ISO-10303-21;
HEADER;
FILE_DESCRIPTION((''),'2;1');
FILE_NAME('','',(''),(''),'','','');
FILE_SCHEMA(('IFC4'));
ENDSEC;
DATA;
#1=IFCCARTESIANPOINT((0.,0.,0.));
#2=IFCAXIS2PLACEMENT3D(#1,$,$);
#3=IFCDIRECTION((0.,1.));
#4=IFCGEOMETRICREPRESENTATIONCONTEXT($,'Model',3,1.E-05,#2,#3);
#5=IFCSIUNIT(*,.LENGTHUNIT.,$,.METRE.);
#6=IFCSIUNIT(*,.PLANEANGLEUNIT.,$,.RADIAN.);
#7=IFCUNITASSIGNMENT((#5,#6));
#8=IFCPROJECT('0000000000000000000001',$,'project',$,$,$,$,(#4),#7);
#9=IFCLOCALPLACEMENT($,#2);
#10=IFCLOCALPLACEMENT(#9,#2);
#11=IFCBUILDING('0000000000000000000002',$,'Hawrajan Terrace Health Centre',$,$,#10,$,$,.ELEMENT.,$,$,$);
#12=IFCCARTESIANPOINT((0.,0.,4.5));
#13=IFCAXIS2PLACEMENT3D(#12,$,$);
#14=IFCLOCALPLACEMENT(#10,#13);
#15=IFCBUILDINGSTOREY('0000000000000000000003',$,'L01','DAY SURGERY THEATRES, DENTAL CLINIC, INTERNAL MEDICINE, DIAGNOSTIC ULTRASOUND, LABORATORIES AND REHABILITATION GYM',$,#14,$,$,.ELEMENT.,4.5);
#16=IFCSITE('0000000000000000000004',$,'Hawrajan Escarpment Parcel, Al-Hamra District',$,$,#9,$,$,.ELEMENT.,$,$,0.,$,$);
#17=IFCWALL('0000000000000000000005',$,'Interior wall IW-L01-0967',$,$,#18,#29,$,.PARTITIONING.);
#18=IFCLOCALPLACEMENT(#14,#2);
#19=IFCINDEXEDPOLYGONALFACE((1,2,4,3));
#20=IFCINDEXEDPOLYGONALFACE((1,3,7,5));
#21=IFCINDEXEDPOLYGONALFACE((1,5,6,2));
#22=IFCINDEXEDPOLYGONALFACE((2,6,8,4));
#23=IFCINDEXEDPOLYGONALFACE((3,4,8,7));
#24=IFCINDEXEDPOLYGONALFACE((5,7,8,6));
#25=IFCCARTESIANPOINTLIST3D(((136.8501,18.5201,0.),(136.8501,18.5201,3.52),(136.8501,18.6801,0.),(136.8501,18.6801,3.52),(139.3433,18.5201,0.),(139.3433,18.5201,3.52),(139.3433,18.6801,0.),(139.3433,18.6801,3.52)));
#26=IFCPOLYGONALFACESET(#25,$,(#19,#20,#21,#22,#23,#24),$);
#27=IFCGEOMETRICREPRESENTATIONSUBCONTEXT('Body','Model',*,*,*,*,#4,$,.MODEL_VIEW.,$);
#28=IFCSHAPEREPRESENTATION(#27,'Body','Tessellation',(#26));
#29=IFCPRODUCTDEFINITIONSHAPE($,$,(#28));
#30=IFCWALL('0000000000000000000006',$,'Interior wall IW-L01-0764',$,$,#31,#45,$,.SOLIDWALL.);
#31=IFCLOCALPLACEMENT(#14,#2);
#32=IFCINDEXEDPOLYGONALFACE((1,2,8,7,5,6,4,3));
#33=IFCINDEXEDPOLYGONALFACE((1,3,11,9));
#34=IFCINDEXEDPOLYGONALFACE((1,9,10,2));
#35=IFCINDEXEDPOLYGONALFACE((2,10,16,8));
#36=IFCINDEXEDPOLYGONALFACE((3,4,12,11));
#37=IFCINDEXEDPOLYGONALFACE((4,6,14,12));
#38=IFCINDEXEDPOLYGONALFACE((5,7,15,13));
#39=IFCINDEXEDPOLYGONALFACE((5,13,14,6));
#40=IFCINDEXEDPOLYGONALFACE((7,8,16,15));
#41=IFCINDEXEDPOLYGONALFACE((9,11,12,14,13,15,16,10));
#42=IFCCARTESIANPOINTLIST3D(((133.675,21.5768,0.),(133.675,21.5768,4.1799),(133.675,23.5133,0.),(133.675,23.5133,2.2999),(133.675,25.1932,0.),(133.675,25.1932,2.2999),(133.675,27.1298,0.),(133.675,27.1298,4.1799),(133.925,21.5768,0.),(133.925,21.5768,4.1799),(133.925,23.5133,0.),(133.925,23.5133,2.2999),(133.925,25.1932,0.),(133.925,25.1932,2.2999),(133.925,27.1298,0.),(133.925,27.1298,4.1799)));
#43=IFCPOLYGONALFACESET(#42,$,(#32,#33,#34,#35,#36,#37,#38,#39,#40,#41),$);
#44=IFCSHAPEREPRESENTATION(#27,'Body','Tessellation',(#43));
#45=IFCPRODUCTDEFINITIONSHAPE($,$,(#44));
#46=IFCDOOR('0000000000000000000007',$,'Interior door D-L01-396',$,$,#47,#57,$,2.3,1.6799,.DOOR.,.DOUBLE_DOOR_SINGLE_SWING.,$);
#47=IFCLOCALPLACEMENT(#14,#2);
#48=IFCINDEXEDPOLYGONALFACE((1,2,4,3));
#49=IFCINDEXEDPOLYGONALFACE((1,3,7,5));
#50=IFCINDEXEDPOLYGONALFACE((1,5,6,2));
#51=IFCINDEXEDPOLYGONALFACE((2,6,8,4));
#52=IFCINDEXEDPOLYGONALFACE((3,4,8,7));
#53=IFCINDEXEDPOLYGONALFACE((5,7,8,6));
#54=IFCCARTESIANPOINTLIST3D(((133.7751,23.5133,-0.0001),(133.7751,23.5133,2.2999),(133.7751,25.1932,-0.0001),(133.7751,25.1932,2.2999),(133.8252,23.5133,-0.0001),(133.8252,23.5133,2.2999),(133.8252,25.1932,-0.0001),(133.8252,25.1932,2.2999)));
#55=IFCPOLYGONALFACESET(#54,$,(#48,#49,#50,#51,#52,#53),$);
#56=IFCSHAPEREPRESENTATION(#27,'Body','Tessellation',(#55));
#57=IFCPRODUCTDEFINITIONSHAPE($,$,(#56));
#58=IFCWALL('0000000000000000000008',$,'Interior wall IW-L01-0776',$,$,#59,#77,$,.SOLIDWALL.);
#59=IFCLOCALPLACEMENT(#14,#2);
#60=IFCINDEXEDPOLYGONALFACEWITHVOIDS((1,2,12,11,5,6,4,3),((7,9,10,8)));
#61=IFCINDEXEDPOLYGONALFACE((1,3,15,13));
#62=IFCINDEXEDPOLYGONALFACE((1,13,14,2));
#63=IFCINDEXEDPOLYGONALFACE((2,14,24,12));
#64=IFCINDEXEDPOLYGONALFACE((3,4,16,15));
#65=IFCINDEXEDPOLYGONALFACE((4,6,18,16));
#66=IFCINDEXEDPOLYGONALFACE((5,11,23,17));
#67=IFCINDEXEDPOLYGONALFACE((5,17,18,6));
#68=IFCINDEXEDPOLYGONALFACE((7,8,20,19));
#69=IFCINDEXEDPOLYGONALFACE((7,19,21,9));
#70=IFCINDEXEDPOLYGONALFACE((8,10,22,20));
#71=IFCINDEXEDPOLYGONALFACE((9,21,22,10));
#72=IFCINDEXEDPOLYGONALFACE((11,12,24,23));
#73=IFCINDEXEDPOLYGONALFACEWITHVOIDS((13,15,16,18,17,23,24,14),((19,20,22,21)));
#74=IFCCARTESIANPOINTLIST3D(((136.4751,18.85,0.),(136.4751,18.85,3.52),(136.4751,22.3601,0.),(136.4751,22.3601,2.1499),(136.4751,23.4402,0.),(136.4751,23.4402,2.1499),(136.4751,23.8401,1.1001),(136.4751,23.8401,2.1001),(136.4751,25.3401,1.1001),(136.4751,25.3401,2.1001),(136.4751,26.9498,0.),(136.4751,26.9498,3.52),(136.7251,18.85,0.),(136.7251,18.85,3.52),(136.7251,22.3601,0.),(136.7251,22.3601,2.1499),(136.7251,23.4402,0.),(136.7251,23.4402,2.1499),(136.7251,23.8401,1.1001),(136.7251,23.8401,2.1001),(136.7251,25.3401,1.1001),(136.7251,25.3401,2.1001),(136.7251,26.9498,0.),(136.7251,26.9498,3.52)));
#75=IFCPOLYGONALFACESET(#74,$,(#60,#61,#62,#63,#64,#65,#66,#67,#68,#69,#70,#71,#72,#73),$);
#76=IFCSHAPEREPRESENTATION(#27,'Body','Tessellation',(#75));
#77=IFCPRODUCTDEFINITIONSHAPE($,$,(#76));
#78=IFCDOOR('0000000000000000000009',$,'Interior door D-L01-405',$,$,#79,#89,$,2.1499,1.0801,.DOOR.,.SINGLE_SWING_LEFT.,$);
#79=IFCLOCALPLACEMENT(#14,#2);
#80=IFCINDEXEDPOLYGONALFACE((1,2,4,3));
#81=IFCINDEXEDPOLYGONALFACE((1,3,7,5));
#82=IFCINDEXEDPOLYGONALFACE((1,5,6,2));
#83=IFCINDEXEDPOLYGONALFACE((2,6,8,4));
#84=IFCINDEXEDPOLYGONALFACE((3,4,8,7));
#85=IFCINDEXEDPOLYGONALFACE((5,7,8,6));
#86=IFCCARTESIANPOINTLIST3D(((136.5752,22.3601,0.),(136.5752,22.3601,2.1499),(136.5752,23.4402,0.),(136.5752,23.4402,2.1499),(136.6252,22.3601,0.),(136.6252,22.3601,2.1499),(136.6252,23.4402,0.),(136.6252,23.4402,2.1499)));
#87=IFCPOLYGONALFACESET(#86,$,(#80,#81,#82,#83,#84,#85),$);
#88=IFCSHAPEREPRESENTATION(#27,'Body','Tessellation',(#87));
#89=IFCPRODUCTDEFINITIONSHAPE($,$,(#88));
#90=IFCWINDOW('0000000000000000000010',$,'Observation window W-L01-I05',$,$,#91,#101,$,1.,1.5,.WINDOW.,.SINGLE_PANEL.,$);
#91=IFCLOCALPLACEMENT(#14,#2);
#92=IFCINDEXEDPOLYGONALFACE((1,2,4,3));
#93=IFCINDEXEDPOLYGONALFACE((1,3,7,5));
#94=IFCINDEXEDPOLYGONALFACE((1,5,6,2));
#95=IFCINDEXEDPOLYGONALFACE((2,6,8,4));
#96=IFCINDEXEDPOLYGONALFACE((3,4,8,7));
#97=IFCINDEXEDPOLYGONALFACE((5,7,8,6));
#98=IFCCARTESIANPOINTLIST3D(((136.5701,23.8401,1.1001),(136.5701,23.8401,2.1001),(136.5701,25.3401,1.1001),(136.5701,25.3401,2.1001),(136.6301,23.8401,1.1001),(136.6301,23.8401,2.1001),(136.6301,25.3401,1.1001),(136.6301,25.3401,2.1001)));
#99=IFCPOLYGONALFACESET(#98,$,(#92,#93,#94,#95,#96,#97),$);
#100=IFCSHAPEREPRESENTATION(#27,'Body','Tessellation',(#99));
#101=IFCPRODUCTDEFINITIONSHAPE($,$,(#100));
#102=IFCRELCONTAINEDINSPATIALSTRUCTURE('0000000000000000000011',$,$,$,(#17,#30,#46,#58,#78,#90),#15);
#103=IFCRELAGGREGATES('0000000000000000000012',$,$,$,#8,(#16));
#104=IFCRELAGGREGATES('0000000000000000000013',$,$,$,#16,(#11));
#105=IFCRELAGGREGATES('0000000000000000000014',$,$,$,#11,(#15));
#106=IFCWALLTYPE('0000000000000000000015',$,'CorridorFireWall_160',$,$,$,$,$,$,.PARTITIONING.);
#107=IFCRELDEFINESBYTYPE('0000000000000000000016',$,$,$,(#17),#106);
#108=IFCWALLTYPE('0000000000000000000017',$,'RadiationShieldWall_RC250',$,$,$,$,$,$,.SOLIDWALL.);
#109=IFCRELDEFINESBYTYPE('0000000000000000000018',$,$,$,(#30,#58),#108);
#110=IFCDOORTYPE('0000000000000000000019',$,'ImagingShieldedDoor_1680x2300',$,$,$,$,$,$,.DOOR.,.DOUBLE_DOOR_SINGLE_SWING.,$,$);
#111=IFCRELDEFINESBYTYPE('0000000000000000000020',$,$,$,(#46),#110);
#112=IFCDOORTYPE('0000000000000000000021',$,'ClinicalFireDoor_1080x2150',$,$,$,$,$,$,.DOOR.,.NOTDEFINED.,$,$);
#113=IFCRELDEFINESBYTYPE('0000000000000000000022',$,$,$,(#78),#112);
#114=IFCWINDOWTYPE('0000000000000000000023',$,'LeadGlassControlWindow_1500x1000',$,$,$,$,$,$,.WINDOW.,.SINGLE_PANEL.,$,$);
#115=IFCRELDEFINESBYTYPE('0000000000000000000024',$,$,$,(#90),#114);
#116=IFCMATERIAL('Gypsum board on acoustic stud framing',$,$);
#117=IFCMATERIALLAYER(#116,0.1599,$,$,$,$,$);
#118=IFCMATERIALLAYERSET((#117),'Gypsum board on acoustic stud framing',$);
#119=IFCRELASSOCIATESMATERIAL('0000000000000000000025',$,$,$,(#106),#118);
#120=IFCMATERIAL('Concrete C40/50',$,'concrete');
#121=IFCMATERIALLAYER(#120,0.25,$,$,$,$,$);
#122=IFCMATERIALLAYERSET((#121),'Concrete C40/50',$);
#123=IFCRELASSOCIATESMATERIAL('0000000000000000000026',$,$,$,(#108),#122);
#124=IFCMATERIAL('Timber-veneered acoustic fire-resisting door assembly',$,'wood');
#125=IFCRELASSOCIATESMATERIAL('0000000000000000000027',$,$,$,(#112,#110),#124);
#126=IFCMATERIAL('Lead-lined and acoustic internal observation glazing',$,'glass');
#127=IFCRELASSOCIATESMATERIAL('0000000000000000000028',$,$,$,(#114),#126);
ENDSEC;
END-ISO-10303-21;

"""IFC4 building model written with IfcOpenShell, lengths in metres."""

from ifc_helpers import new_model, si_unit, direction, frame, frame_2d, origin, place, context, subcontext, project, spatial, rectangle, extrude, material, layer, layer_set, type_object, element, fill, save


model = new_model("IFC4")

# Units and contexts
model_context = context("Model", 3, precision=1e-05, world=origin(), true_north=direction((0.0, 1.0)))
body_context = subcontext(model_context, "Body", "Model", "MODEL_VIEW")
ifc_project = project(units=[si_unit("LENGTHUNIT", "METRE"), si_unit("PLANEANGLEUNIT", "RADIAN")], contexts=[model_context])

# Site, building, storey
site_placement = place(None, origin())
site = spatial("IfcSite", under=ifc_project, at=site_placement, Name="Hawrajan Escarpment Parcel, Al-Hamra District", CompositionType="ELEMENT", RefElevation=0.0)
building_placement = place(site_placement, origin())
building = spatial("IfcBuilding", under=site, at=building_placement, Name="Hawrajan Terrace Health Centre", CompositionType="ELEMENT")
storey_placement = place(building_placement, frame((0.0, 0.0, 4.5)))
storey = spatial("IfcBuildingStorey", under=building, at=storey_placement, Name="L01", Description="DAY SURGERY THEATRES, DENTAL CLINIC, INTERNAL MEDICINE, DIAGNOSTIC ULTRASOUND, LABORATORIES AND REHABILITATION GYM", CompositionType="ELEMENT", Elevation=4.5)

# Shared definitions
ifc_material_1 = material(Name="Concrete C40/50", Category="concrete")

# Wall
ifc_material_2 = material(Name="Gypsum board on acoustic stud framing")
ifc_layer_1 = layer(ifc_material_2, 0.1599)
ifc_layer_set_1 = layer_set([ifc_layer_1], Name="Gypsum board on acoustic stud framing")
wall_type_1 = type_object("IfcWallType", Name="CorridorFireWall_160", PredefinedType="PARTITIONING", material=ifc_layer_set_1)
wall_1_placement = place(storey_placement, frame((136.8501, 18.6001, 0.0), z_axis=(0.0, 0.0, 1.0), x_axis=(1.0, 0.0, 0.0)))
element("IfcWall", 1, at=wall_1_placement, inside=storey, type_object=wall_type_1, Name="Interior wall IW-L01-0967", PredefinedType="PARTITIONING", context=body_context, shape_type="SweptSolid", body=[
    extrude(rectangle(XDim=2.4932, YDim=0.1599, at=frame_2d((1.2466, 0.0))), origin(), (0.0, 0.0, 1.0), 3.52),
])

# Wall, opening, door
ifc_layer_2 = layer(ifc_material_1, 0.25)
ifc_layer_set_2 = layer_set([ifc_layer_2], Name="Concrete C40/50")
wall_type_2 = type_object("IfcWallType", Name="RadiationShieldWall_RC250", PredefinedType="SOLIDWALL", material=ifc_layer_set_2)
ifc_material_3 = material(Name="Timber-veneered acoustic fire-resisting door assembly", Category="wood")
door_type_1 = type_object("IfcDoorType", Name="ClinicalFireDoor_1080x2150", OperationType="NOTDEFINED", PredefinedType="DOOR", material=ifc_material_3)
wall_2_placement = place(storey_placement, frame((133.8, 21.5769, 0.0), z_axis=(0.0, 0.0, 1.0), x_axis=(0.0, 1.0, 0.0)))
wall_2 = element("IfcWall", 2, at=wall_2_placement, inside=storey, type_object=wall_type_2, Name="Interior wall IW-L01-0764", PredefinedType="SOLIDWALL", context=body_context, shape_type="SweptSolid", body=[
    extrude(rectangle(XDim=5.553, YDim=0.25, at=frame_2d((2.7764, 0.0))), origin(), (0.0, 0.0, 1.0), 4.1799),
])
opening_1_placement = place(wall_2_placement, frame((1.9365, 0.0, 0.0)))
opening_1 = element("IfcOpeningElement", 3, at=opening_1_placement, cuts=wall_2, PredefinedType="OPENING", context=body_context, shape_type="SweptSolid", body=[
    extrude(rectangle(XDim=1.6799, YDim=2.3, at=frame_2d((0.8398, 1.1499))), frame((0.0, 0.135, 0.0), z_axis=(0.0, -1.0, 0.0), x_axis=(1.0, 0.0, 0.0)), (0.0, 0.0, 1.0), 0.27),
])
door_type_2 = type_object("IfcDoorType", Name="ImagingShieldedDoor_1680x2300", OperationType="DOUBLE_DOOR_SINGLE_SWING", PredefinedType="DOOR", material=ifc_material_3)
door_1_placement = place(opening_1_placement, origin())
door_1 = element("IfcDoor", 4, at=door_1_placement, inside=storey, type_object=door_type_2, Name="Interior door D-L01-396", OperationType="DOUBLE_DOOR_SINGLE_SWING", OverallHeight=2.3, OverallWidth=1.6799, PredefinedType="DOOR", context=body_context, shape_type="SweptSolid", body=[
    extrude(rectangle(XDim=1.6799, YDim=2.3, at=frame_2d((0.8398, 1.1499))), frame((0.0, 0.0249, 0.0), z_axis=(0.0, -1.0, 0.0), x_axis=(1.0, 0.0, 0.0)), (0.0, 0.0, 1.0), 0.05),
])
fill(opening_1, door_1)

# Wall, openings, door, window
wall_3_placement = place(storey_placement, frame((136.6001, 18.8501, 0.0), z_axis=(0.0, 0.0, 1.0), x_axis=(0.0, 1.0, 0.0)))
wall_3 = element("IfcWall", 5, at=wall_3_placement, inside=storey, type_object=wall_type_2, Name="Interior wall IW-L01-0776", PredefinedType="SOLIDWALL", context=body_context, shape_type="SweptSolid", body=[
    extrude(rectangle(XDim=8.0999, YDim=0.25, at=frame_2d((4.0498, 0.0))), origin(), (0.0, 0.0, 1.0), 3.52),
])
opening_2_placement = place(wall_3_placement, frame((3.51, 0.0, 0.0)))
opening_2 = element("IfcOpeningElement", 6, at=opening_2_placement, cuts=wall_3, PredefinedType="OPENING", context=body_context, shape_type="SweptSolid", body=[
    extrude(rectangle(XDim=1.0801, YDim=2.1499, at=frame_2d((0.54, 1.075))), frame((0.0, 0.135, 0.0), z_axis=(0.0, -1.0, 0.0), x_axis=(1.0, 0.0, 0.0)), (0.0, 0.0, 1.0), 0.27),
])
opening_3_placement = place(wall_3_placement, frame((4.99, 0.0, 1.1001)))
opening_3 = element("IfcOpeningElement", 7, at=opening_3_placement, cuts=wall_3, PredefinedType="OPENING", context=body_context, shape_type="SweptSolid", body=[
    extrude(rectangle(XDim=1.5, YDim=1.0, at=frame_2d((0.75, 0.5))), frame((0.0, 0.135, 0.0), z_axis=(0.0, -1.0, 0.0), x_axis=(1.0, 0.0, 0.0)), (0.0, 0.0, 1.0), 0.27),
])
door_2_placement = place(opening_2_placement, origin())
door_2 = element("IfcDoor", 8, at=door_2_placement, inside=storey, type_object=door_type_1, Name="Interior door D-L01-405", OperationType="SINGLE_SWING_LEFT", OverallHeight=2.1499, OverallWidth=1.0801, PredefinedType="DOOR", context=body_context, shape_type="SweptSolid", body=[
    extrude(rectangle(XDim=1.0801, YDim=2.1499, at=frame_2d((0.54, 1.075))), frame((0.0, 0.0249, 0.0), z_axis=(0.0, -1.0, 0.0), x_axis=(1.0, 0.0, 0.0)), (0.0, 0.0, 1.0), 0.05),
])
fill(opening_2, door_2)
ifc_material_4 = material(Name="Lead-lined and acoustic internal observation glazing", Category="glass")
window_type = type_object("IfcWindowType", Name="LeadGlassControlWindow_1500x1000", PartitioningType="SINGLE_PANEL", PredefinedType="WINDOW", material=ifc_material_4)
window_placement = place(opening_3_placement, origin())
window = element("IfcWindow", 9, at=window_placement, inside=storey, type_object=window_type, Name="Observation window W-L01-I05", OverallHeight=1.0, OverallWidth=1.5, PartitioningType="SINGLE_PANEL", PredefinedType="WINDOW", context=body_context, shape_type="SweptSolid", body=[
    extrude(rectangle(XDim=1.5, YDim=1.0, at=frame_2d((0.75, 0.5))), frame((0.0, 0.03, 0.0), z_axis=(0.0, -1.0, 0.0), x_axis=(1.0, 0.0, 0.0)), (0.0, 0.0, 1.0), 0.0601),
])
fill(opening_3, window)

save(model, "model.ifc")
